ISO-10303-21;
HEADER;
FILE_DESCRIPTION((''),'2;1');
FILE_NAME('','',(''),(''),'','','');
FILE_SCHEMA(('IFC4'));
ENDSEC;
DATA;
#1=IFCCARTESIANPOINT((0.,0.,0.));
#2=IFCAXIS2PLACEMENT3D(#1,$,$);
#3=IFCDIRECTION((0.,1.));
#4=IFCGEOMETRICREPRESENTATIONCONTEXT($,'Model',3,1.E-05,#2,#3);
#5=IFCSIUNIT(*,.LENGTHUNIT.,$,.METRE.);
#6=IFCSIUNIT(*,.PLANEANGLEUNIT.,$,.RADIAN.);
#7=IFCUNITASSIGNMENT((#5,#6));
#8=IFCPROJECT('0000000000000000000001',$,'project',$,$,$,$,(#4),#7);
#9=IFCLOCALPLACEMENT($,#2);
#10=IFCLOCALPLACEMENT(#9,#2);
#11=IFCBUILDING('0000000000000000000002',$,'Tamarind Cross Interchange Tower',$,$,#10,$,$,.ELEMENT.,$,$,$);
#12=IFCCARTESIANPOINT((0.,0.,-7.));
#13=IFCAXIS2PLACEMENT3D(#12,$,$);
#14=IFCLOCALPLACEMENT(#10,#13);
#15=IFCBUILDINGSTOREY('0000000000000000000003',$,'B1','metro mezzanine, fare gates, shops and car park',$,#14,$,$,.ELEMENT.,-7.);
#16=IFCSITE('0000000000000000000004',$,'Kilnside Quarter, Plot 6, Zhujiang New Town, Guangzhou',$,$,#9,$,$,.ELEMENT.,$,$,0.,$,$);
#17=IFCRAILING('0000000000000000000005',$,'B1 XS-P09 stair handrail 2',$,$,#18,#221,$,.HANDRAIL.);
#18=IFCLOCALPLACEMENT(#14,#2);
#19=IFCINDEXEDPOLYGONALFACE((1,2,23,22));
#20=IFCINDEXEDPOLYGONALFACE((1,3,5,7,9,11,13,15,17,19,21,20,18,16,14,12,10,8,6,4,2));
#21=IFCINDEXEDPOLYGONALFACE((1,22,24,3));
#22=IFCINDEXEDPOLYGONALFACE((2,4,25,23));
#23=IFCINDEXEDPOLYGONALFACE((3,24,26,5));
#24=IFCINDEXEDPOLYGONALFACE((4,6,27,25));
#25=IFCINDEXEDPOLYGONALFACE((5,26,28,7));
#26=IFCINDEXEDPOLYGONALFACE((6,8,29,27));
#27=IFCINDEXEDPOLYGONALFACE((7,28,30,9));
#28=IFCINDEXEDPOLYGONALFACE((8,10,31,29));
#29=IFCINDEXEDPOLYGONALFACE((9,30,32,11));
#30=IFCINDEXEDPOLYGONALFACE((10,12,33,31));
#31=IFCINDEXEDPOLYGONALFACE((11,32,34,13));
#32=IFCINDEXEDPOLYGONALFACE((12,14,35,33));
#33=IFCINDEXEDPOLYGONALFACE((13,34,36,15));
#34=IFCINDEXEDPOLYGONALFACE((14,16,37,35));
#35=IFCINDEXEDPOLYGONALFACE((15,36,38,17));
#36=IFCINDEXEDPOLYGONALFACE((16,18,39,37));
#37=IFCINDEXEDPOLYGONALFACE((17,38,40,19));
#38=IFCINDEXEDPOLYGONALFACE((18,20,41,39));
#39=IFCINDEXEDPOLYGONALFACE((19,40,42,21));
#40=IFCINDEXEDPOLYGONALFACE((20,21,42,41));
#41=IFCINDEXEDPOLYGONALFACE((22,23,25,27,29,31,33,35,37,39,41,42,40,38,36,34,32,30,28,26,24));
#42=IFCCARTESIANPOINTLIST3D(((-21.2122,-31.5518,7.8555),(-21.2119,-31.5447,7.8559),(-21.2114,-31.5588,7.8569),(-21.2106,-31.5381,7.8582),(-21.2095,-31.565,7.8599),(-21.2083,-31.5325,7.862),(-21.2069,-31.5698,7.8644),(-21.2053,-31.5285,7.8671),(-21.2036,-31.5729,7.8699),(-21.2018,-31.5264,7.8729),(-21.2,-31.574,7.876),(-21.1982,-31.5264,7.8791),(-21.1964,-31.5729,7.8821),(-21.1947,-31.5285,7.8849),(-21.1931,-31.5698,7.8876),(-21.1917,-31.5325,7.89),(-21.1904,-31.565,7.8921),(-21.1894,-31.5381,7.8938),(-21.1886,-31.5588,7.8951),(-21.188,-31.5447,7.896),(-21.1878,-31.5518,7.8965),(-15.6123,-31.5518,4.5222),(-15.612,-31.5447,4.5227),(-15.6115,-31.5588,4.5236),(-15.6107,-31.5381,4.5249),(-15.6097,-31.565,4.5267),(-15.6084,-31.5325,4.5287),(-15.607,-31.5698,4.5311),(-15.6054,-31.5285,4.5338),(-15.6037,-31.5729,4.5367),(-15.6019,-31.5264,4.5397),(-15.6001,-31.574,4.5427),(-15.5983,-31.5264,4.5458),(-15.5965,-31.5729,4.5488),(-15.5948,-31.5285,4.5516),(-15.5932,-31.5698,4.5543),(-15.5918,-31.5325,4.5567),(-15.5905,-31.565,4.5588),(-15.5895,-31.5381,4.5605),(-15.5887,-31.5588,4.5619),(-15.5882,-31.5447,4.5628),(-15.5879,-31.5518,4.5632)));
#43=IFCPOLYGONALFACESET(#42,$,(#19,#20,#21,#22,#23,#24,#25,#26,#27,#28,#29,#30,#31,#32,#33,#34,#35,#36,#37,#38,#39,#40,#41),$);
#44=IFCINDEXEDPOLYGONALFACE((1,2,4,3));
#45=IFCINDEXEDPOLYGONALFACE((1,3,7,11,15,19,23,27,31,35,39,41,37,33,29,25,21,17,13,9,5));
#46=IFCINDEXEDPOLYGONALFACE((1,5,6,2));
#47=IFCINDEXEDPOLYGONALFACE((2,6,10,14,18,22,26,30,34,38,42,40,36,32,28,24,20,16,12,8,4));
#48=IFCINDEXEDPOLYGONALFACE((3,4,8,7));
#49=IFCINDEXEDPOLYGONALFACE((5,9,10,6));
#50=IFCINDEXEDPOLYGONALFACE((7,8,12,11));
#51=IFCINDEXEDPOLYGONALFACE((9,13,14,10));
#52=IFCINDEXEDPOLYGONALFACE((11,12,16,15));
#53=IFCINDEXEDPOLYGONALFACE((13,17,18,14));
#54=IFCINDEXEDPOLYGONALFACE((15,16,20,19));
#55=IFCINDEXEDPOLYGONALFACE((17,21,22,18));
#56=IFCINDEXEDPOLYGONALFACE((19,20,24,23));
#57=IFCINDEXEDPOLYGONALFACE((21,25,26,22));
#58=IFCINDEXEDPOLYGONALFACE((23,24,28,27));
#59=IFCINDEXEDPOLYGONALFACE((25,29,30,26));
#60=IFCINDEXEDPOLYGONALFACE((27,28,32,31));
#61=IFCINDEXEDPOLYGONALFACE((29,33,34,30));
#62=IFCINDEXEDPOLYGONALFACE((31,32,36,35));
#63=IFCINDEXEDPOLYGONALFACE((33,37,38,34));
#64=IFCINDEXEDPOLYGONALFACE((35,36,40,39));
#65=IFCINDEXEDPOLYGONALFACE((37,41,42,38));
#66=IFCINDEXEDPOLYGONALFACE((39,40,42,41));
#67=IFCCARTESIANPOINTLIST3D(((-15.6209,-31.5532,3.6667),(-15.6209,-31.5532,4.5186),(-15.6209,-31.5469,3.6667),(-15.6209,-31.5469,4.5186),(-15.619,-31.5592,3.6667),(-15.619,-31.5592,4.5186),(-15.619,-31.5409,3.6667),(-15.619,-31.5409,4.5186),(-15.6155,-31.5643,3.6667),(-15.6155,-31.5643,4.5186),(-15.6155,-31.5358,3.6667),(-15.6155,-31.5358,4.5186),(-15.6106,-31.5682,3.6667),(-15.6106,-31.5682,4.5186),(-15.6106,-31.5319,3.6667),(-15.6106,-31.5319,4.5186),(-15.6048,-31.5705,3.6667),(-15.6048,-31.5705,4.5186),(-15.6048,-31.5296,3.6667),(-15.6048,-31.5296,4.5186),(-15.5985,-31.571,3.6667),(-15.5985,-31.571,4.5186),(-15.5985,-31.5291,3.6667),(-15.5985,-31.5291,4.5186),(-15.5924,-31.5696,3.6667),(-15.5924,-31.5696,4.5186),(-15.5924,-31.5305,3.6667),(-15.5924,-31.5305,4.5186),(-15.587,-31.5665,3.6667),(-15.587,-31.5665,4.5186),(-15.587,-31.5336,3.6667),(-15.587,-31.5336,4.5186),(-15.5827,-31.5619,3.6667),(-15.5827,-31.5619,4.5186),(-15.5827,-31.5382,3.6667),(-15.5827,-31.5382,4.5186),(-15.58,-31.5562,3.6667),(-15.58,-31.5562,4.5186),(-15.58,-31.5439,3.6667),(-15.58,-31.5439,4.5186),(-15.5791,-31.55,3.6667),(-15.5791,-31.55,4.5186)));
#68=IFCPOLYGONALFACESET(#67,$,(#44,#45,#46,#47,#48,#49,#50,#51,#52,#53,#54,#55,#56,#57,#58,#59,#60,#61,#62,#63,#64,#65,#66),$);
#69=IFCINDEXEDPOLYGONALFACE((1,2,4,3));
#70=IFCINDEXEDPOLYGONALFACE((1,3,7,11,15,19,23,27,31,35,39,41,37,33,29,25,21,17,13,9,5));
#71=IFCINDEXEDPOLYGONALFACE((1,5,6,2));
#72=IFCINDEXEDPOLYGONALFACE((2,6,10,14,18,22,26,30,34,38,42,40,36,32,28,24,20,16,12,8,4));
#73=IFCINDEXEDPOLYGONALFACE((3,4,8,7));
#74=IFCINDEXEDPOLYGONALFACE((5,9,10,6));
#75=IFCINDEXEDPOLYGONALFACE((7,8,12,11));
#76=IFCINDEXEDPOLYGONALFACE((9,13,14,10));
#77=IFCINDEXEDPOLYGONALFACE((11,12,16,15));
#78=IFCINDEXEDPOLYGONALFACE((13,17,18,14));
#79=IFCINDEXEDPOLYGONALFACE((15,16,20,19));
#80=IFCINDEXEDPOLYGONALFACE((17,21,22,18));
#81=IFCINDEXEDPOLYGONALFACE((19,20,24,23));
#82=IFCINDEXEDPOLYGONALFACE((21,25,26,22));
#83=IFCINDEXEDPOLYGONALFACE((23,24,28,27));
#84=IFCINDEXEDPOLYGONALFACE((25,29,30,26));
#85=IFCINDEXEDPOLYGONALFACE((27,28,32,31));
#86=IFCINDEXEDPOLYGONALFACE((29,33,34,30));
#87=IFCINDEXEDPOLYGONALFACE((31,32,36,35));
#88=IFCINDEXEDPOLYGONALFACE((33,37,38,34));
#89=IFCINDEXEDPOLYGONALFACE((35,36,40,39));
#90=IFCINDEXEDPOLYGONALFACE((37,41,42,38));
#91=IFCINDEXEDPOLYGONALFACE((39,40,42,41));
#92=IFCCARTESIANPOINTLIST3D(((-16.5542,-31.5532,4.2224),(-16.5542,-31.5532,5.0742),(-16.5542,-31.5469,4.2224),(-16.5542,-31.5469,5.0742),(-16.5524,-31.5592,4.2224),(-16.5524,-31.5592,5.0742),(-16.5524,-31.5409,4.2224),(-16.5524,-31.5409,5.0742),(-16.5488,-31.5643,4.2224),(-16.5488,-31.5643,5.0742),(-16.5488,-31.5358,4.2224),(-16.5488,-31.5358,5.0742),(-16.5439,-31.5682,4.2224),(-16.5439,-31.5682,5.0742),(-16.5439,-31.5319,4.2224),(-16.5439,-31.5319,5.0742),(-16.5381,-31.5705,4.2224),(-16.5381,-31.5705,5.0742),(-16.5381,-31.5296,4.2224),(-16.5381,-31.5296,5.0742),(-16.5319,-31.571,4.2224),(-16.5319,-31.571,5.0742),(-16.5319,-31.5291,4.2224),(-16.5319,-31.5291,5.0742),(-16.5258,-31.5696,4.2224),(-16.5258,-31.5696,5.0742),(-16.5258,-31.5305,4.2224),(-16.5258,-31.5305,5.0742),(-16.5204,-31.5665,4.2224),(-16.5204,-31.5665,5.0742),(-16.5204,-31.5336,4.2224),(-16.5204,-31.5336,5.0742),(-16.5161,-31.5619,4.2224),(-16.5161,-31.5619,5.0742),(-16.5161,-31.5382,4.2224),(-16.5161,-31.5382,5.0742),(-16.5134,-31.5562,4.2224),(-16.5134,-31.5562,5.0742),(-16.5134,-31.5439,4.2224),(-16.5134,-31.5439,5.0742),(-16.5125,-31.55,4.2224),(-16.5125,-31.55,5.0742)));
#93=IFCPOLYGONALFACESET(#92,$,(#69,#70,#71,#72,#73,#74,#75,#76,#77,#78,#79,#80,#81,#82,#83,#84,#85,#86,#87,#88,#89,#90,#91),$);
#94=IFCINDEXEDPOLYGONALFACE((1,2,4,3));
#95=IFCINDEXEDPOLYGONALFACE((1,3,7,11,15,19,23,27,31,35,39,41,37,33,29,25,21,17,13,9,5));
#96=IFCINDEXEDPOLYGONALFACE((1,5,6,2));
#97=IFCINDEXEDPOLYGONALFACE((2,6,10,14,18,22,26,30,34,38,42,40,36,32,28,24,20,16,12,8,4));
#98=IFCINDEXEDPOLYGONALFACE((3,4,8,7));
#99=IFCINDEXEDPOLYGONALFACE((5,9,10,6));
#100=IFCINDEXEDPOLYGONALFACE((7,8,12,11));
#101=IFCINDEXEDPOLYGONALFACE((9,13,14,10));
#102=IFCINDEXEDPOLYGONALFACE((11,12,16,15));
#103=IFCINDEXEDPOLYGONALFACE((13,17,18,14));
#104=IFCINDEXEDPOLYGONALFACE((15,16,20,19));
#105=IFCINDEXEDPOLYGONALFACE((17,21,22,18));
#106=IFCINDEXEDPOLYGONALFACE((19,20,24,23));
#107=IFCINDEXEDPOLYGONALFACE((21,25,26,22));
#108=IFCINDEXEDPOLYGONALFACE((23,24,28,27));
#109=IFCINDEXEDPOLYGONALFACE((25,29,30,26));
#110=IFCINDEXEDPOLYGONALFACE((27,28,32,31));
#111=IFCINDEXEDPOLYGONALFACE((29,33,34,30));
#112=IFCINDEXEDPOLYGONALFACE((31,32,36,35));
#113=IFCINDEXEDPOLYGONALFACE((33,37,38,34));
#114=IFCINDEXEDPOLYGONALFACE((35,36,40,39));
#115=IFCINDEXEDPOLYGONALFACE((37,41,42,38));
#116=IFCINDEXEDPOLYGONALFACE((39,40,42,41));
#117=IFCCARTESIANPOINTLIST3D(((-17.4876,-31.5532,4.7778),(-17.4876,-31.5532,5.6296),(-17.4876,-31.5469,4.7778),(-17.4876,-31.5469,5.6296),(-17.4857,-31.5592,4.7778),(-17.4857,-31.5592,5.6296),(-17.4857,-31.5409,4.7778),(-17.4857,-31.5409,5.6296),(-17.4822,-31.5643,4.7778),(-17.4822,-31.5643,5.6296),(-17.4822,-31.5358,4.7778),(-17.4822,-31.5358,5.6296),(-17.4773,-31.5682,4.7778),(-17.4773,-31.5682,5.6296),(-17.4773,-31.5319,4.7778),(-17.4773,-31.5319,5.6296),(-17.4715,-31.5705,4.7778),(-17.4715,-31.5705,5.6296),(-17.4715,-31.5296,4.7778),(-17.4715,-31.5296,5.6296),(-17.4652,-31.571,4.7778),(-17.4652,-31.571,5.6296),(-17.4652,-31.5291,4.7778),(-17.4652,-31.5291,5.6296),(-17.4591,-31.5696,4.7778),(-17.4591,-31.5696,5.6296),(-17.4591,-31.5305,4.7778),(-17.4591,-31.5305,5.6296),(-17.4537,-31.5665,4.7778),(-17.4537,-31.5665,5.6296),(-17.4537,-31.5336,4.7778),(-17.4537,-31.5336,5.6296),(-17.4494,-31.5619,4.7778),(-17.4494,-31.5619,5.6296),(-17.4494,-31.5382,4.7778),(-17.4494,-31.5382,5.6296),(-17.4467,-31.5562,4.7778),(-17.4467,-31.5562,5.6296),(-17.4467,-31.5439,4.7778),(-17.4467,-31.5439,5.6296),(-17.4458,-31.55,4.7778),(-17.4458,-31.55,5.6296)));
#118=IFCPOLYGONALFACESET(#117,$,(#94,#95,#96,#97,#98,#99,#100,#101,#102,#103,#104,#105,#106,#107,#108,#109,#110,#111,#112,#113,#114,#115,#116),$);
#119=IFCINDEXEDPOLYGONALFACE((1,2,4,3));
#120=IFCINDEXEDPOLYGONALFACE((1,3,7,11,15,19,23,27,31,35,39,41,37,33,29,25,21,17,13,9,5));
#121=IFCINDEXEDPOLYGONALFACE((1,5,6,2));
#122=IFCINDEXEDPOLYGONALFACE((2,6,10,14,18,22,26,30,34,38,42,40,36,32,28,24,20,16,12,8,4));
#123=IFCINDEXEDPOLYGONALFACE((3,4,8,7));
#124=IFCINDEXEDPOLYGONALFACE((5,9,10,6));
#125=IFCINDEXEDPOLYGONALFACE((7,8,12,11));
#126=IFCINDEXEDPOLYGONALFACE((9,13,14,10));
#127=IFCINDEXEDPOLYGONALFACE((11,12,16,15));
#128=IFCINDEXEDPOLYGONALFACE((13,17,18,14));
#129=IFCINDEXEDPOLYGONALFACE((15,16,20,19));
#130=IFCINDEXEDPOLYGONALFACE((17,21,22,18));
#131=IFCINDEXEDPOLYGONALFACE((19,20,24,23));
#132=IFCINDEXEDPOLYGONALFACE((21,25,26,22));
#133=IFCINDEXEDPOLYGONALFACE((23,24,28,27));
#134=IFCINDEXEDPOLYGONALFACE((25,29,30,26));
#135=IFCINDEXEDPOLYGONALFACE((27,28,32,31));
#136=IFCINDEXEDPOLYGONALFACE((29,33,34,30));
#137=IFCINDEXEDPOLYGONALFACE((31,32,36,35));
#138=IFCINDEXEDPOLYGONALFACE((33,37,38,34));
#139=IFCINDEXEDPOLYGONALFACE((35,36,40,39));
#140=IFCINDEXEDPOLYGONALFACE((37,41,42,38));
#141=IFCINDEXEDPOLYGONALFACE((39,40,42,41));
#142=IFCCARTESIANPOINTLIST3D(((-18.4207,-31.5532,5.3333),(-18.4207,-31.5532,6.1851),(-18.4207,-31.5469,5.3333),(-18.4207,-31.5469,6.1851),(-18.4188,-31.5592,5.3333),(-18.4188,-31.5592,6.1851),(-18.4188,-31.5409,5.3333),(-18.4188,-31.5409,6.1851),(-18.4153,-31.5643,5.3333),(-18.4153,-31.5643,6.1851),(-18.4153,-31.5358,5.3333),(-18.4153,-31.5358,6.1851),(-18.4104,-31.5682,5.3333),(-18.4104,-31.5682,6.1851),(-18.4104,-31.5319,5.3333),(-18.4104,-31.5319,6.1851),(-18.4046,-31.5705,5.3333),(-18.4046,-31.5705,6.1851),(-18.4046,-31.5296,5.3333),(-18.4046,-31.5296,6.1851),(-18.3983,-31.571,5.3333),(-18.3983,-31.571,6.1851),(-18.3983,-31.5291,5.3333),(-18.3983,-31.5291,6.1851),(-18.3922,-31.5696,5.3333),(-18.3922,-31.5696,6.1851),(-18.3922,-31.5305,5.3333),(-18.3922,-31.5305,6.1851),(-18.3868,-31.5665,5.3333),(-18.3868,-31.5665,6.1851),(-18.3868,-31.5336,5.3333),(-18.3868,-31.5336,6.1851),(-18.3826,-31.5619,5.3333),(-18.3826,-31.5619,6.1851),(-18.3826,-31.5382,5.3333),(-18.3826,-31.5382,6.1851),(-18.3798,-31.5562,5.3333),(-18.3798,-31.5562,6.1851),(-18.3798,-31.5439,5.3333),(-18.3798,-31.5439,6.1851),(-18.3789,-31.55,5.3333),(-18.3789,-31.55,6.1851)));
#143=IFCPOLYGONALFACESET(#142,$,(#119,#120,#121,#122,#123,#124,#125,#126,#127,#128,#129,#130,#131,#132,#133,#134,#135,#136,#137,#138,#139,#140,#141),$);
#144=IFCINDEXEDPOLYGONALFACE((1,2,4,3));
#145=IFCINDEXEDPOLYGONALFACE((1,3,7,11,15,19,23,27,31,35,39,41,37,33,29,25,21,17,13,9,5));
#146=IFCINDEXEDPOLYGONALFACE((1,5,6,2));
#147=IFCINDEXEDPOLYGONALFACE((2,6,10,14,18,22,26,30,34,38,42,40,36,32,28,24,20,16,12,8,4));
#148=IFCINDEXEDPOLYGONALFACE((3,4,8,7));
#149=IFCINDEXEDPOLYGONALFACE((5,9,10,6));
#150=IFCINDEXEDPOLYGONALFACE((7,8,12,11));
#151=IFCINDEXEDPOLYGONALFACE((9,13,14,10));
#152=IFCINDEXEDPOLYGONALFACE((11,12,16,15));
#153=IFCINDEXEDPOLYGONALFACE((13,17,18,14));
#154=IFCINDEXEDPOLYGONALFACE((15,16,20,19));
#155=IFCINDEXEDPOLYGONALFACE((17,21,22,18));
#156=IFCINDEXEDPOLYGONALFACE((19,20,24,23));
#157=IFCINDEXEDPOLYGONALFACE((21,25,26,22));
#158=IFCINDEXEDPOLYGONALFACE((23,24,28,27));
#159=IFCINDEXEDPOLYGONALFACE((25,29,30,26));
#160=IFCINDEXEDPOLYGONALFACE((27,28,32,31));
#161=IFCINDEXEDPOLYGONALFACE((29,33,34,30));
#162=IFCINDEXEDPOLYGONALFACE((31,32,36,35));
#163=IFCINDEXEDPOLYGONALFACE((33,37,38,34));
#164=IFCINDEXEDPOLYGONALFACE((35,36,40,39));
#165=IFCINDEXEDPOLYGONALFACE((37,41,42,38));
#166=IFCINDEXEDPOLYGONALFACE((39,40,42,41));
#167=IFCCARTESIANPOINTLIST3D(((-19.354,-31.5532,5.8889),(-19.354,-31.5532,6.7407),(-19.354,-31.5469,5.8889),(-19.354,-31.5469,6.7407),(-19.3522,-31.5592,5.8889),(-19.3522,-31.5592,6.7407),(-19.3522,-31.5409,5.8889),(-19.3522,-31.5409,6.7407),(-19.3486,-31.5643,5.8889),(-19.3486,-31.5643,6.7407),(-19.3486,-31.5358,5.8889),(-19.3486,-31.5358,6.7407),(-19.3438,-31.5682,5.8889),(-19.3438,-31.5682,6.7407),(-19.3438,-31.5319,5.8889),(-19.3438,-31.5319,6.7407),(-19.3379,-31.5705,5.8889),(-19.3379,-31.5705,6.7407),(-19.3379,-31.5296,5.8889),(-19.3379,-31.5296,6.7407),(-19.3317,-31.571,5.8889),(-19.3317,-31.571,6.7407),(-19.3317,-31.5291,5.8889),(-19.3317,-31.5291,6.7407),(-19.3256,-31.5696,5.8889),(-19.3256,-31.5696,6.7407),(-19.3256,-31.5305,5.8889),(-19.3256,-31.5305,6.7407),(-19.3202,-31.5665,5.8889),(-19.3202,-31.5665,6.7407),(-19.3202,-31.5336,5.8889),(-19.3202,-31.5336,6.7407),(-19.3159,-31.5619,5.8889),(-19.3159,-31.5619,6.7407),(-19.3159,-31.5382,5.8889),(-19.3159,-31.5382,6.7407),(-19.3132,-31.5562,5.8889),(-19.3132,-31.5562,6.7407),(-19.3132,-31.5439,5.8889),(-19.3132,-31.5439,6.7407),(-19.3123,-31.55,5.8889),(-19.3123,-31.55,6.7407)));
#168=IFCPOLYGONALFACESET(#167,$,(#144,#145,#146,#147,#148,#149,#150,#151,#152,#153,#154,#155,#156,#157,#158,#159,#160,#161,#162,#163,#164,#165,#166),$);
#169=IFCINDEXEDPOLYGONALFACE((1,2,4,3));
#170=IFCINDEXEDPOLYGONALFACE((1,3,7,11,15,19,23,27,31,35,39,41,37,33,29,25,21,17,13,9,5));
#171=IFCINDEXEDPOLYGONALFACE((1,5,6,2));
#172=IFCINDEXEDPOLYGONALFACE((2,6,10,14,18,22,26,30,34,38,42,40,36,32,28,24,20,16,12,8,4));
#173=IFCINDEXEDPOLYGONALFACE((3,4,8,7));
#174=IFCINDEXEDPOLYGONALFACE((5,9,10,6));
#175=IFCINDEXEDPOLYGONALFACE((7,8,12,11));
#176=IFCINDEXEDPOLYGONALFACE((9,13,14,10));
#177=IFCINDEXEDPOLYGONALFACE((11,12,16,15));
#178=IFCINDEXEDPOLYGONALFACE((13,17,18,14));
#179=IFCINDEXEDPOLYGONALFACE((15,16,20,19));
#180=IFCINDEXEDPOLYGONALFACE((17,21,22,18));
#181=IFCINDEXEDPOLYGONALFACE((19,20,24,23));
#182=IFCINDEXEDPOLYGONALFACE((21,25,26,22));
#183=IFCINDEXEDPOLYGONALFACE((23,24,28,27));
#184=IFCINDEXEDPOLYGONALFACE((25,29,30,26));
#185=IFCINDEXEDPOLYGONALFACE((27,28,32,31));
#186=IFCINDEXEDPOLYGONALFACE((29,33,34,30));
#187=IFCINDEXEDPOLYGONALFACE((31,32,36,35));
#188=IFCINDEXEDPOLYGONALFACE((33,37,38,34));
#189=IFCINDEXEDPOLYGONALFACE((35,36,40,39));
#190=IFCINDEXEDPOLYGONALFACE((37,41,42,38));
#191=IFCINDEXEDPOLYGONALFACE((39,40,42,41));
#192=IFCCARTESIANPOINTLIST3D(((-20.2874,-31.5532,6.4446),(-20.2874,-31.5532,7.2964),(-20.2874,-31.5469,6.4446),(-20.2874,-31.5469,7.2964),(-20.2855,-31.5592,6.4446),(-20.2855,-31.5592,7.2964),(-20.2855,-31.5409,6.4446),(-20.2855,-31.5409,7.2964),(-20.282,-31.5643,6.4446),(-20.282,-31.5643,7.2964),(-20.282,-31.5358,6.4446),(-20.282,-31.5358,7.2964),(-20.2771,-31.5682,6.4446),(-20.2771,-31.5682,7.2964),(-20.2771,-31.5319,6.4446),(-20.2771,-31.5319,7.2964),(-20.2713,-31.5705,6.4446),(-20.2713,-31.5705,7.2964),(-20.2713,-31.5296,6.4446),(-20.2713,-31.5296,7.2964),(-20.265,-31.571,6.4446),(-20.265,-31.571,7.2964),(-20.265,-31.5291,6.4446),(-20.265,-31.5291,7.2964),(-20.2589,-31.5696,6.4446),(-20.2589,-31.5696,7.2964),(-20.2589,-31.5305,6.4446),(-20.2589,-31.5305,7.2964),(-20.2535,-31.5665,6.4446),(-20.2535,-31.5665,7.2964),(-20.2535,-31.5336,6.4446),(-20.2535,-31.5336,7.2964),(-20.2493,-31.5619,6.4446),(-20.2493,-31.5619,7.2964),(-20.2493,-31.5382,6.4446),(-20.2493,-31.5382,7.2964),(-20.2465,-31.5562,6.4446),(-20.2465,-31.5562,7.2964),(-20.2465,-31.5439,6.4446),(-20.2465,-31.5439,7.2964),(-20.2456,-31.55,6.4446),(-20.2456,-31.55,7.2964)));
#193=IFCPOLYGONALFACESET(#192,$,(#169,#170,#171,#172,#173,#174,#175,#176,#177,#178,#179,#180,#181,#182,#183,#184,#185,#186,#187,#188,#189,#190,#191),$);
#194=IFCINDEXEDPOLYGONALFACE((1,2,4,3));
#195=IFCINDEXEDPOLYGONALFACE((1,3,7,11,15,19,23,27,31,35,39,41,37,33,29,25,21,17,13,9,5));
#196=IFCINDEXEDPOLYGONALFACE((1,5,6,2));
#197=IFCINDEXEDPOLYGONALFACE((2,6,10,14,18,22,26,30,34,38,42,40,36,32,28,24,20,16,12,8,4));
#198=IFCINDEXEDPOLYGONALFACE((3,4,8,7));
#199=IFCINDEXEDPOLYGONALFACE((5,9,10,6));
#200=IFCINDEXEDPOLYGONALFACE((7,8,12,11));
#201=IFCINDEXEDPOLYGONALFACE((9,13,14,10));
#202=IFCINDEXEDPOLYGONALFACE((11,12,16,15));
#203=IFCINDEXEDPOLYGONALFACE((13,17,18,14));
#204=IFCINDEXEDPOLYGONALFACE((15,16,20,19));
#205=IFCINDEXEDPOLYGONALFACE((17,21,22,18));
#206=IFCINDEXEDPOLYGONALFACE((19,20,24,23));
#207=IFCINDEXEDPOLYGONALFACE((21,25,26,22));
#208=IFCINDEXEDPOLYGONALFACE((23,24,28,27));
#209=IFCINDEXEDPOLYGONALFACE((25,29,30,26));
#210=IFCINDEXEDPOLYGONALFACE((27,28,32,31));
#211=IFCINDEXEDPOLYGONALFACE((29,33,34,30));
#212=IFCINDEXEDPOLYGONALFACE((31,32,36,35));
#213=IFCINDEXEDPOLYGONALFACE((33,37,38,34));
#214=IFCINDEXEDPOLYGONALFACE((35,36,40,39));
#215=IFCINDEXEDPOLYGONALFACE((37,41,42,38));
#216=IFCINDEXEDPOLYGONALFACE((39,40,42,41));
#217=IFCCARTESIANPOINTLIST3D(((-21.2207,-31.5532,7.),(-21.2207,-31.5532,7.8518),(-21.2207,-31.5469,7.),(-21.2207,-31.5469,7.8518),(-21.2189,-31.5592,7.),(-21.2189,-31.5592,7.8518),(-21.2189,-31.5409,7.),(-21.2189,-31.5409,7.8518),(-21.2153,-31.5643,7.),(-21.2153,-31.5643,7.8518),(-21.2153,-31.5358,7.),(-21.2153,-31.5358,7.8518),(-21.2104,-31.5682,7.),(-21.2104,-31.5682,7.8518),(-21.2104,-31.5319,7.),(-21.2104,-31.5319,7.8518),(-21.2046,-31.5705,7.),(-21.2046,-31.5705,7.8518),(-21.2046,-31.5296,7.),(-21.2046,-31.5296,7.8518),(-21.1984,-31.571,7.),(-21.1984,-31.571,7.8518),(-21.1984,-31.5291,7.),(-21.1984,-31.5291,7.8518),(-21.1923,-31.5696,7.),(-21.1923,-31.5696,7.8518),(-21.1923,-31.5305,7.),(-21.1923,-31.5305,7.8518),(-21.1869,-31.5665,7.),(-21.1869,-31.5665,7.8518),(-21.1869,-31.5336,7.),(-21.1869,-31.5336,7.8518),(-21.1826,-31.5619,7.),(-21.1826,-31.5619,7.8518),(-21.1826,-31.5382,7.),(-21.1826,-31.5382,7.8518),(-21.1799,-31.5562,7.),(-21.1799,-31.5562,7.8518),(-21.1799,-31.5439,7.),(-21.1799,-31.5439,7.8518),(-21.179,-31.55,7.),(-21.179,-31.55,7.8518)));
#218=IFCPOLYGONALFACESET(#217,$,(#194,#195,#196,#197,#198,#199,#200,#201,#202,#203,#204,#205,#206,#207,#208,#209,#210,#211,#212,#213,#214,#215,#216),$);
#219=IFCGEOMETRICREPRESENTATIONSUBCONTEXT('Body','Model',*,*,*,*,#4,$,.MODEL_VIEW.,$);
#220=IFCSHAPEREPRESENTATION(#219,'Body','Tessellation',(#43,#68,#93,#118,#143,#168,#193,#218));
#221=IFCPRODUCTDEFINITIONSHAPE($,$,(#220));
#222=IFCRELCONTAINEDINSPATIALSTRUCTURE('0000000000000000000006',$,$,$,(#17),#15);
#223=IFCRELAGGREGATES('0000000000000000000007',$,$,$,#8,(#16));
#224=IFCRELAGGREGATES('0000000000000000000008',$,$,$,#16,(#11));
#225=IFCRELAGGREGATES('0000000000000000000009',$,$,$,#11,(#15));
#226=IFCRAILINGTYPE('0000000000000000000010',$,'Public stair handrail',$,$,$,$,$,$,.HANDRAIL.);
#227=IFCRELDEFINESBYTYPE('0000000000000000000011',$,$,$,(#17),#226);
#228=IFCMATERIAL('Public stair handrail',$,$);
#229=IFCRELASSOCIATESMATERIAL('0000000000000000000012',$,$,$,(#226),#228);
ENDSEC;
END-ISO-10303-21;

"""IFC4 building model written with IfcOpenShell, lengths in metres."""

from ifc_helpers import new_model, si_unit, direction, frame, origin, origin_2d, place, context, subcontext, project, spatial, circle, extrude, material, type_object, element, save


model = new_model("IFC4")

# Units and contexts
model_context = context("Model", 3, precision=1e-05, world=origin(), true_north=direction((0.0, 1.0)))
body_context = subcontext(model_context, "Body", "Model", "MODEL_VIEW")
ifc_project = project(units=[si_unit("LENGTHUNIT", "METRE"), si_unit("PLANEANGLEUNIT", "RADIAN")], contexts=[model_context])

# Site, building, storey
site_placement = place(None, origin())
site = spatial("IfcSite", under=ifc_project, at=site_placement, Name="Kilnside Quarter, Plot 6, Zhujiang New Town, Guangzhou", CompositionType="ELEMENT", RefElevation=0.0)
building_placement = place(site_placement, origin())
building = spatial("IfcBuilding", under=site, at=building_placement, Name="Tamarind Cross Interchange Tower", CompositionType="ELEMENT")
storey_placement = place(building_placement, frame((0.0, 0.0, -7.0)))
storey = spatial("IfcBuildingStorey", under=building, at=storey_placement, Name="B1", Description="metro mezzanine, fare gates, shops and car park", CompositionType="ELEMENT", Elevation=-7.0)

# Railing
ifc_material_1 = material(Name="Public stair handrail")
railing_type_1 = type_object("IfcRailingType", Name="Public stair handrail", PredefinedType="HANDRAIL", material=ifc_material_1)
railing_1_placement = place(storey_placement, frame((-15.6001, -31.55, 3.6667)))
element("IfcRailing", 1, at=railing_1_placement, inside=storey, type_object=railing_type_1, Name="B1 XS-P09 stair handrail 2", PredefinedType="HANDRAIL", context=body_context, shape_type="SweptSolid", body=[
    extrude(circle(Radius=0.0239, at=origin_2d()), frame((0.0, 0.0, 0.876), z_axis=(-0.859292, 0.0, 0.511485), x_axis=(0.0, -1.0, 0.0)), (0.0, 0.0, 1.0), 6.5168),
    extrude(circle(Radius=0.021, at=origin_2d()), origin(), (0.0, 0.0, 1.0), 0.8518),
    extrude(circle(Radius=0.021, at=origin_2d()), frame((-0.9333, 0.0, 0.5557)), (0.0, 0.0, 1.0), 0.8518),
    extrude(circle(Radius=0.021, at=origin_2d()), frame((-1.8667, 0.0, 1.1111)), (0.0, 0.0, 1.0), 0.8518),
    extrude(circle(Radius=0.021, at=origin_2d()), frame((-2.7998, 0.0, 1.6665)), (0.0, 0.0, 1.0), 0.8518),
    extrude(circle(Radius=0.021, at=origin_2d()), frame((-3.7332, 0.0, 2.2222)), (0.0, 0.0, 1.0), 0.8518),
    extrude(circle(Radius=0.021, at=origin_2d()), frame((-4.6665, 0.0, 2.7778)), (0.0, 0.0, 1.0), 0.8518),
    extrude(circle(Radius=0.021, at=origin_2d()), frame((-5.5999, 0.0, 3.3333)), (0.0, 0.0, 1.0), 0.8518),
])

save(model, "model.ifc")
